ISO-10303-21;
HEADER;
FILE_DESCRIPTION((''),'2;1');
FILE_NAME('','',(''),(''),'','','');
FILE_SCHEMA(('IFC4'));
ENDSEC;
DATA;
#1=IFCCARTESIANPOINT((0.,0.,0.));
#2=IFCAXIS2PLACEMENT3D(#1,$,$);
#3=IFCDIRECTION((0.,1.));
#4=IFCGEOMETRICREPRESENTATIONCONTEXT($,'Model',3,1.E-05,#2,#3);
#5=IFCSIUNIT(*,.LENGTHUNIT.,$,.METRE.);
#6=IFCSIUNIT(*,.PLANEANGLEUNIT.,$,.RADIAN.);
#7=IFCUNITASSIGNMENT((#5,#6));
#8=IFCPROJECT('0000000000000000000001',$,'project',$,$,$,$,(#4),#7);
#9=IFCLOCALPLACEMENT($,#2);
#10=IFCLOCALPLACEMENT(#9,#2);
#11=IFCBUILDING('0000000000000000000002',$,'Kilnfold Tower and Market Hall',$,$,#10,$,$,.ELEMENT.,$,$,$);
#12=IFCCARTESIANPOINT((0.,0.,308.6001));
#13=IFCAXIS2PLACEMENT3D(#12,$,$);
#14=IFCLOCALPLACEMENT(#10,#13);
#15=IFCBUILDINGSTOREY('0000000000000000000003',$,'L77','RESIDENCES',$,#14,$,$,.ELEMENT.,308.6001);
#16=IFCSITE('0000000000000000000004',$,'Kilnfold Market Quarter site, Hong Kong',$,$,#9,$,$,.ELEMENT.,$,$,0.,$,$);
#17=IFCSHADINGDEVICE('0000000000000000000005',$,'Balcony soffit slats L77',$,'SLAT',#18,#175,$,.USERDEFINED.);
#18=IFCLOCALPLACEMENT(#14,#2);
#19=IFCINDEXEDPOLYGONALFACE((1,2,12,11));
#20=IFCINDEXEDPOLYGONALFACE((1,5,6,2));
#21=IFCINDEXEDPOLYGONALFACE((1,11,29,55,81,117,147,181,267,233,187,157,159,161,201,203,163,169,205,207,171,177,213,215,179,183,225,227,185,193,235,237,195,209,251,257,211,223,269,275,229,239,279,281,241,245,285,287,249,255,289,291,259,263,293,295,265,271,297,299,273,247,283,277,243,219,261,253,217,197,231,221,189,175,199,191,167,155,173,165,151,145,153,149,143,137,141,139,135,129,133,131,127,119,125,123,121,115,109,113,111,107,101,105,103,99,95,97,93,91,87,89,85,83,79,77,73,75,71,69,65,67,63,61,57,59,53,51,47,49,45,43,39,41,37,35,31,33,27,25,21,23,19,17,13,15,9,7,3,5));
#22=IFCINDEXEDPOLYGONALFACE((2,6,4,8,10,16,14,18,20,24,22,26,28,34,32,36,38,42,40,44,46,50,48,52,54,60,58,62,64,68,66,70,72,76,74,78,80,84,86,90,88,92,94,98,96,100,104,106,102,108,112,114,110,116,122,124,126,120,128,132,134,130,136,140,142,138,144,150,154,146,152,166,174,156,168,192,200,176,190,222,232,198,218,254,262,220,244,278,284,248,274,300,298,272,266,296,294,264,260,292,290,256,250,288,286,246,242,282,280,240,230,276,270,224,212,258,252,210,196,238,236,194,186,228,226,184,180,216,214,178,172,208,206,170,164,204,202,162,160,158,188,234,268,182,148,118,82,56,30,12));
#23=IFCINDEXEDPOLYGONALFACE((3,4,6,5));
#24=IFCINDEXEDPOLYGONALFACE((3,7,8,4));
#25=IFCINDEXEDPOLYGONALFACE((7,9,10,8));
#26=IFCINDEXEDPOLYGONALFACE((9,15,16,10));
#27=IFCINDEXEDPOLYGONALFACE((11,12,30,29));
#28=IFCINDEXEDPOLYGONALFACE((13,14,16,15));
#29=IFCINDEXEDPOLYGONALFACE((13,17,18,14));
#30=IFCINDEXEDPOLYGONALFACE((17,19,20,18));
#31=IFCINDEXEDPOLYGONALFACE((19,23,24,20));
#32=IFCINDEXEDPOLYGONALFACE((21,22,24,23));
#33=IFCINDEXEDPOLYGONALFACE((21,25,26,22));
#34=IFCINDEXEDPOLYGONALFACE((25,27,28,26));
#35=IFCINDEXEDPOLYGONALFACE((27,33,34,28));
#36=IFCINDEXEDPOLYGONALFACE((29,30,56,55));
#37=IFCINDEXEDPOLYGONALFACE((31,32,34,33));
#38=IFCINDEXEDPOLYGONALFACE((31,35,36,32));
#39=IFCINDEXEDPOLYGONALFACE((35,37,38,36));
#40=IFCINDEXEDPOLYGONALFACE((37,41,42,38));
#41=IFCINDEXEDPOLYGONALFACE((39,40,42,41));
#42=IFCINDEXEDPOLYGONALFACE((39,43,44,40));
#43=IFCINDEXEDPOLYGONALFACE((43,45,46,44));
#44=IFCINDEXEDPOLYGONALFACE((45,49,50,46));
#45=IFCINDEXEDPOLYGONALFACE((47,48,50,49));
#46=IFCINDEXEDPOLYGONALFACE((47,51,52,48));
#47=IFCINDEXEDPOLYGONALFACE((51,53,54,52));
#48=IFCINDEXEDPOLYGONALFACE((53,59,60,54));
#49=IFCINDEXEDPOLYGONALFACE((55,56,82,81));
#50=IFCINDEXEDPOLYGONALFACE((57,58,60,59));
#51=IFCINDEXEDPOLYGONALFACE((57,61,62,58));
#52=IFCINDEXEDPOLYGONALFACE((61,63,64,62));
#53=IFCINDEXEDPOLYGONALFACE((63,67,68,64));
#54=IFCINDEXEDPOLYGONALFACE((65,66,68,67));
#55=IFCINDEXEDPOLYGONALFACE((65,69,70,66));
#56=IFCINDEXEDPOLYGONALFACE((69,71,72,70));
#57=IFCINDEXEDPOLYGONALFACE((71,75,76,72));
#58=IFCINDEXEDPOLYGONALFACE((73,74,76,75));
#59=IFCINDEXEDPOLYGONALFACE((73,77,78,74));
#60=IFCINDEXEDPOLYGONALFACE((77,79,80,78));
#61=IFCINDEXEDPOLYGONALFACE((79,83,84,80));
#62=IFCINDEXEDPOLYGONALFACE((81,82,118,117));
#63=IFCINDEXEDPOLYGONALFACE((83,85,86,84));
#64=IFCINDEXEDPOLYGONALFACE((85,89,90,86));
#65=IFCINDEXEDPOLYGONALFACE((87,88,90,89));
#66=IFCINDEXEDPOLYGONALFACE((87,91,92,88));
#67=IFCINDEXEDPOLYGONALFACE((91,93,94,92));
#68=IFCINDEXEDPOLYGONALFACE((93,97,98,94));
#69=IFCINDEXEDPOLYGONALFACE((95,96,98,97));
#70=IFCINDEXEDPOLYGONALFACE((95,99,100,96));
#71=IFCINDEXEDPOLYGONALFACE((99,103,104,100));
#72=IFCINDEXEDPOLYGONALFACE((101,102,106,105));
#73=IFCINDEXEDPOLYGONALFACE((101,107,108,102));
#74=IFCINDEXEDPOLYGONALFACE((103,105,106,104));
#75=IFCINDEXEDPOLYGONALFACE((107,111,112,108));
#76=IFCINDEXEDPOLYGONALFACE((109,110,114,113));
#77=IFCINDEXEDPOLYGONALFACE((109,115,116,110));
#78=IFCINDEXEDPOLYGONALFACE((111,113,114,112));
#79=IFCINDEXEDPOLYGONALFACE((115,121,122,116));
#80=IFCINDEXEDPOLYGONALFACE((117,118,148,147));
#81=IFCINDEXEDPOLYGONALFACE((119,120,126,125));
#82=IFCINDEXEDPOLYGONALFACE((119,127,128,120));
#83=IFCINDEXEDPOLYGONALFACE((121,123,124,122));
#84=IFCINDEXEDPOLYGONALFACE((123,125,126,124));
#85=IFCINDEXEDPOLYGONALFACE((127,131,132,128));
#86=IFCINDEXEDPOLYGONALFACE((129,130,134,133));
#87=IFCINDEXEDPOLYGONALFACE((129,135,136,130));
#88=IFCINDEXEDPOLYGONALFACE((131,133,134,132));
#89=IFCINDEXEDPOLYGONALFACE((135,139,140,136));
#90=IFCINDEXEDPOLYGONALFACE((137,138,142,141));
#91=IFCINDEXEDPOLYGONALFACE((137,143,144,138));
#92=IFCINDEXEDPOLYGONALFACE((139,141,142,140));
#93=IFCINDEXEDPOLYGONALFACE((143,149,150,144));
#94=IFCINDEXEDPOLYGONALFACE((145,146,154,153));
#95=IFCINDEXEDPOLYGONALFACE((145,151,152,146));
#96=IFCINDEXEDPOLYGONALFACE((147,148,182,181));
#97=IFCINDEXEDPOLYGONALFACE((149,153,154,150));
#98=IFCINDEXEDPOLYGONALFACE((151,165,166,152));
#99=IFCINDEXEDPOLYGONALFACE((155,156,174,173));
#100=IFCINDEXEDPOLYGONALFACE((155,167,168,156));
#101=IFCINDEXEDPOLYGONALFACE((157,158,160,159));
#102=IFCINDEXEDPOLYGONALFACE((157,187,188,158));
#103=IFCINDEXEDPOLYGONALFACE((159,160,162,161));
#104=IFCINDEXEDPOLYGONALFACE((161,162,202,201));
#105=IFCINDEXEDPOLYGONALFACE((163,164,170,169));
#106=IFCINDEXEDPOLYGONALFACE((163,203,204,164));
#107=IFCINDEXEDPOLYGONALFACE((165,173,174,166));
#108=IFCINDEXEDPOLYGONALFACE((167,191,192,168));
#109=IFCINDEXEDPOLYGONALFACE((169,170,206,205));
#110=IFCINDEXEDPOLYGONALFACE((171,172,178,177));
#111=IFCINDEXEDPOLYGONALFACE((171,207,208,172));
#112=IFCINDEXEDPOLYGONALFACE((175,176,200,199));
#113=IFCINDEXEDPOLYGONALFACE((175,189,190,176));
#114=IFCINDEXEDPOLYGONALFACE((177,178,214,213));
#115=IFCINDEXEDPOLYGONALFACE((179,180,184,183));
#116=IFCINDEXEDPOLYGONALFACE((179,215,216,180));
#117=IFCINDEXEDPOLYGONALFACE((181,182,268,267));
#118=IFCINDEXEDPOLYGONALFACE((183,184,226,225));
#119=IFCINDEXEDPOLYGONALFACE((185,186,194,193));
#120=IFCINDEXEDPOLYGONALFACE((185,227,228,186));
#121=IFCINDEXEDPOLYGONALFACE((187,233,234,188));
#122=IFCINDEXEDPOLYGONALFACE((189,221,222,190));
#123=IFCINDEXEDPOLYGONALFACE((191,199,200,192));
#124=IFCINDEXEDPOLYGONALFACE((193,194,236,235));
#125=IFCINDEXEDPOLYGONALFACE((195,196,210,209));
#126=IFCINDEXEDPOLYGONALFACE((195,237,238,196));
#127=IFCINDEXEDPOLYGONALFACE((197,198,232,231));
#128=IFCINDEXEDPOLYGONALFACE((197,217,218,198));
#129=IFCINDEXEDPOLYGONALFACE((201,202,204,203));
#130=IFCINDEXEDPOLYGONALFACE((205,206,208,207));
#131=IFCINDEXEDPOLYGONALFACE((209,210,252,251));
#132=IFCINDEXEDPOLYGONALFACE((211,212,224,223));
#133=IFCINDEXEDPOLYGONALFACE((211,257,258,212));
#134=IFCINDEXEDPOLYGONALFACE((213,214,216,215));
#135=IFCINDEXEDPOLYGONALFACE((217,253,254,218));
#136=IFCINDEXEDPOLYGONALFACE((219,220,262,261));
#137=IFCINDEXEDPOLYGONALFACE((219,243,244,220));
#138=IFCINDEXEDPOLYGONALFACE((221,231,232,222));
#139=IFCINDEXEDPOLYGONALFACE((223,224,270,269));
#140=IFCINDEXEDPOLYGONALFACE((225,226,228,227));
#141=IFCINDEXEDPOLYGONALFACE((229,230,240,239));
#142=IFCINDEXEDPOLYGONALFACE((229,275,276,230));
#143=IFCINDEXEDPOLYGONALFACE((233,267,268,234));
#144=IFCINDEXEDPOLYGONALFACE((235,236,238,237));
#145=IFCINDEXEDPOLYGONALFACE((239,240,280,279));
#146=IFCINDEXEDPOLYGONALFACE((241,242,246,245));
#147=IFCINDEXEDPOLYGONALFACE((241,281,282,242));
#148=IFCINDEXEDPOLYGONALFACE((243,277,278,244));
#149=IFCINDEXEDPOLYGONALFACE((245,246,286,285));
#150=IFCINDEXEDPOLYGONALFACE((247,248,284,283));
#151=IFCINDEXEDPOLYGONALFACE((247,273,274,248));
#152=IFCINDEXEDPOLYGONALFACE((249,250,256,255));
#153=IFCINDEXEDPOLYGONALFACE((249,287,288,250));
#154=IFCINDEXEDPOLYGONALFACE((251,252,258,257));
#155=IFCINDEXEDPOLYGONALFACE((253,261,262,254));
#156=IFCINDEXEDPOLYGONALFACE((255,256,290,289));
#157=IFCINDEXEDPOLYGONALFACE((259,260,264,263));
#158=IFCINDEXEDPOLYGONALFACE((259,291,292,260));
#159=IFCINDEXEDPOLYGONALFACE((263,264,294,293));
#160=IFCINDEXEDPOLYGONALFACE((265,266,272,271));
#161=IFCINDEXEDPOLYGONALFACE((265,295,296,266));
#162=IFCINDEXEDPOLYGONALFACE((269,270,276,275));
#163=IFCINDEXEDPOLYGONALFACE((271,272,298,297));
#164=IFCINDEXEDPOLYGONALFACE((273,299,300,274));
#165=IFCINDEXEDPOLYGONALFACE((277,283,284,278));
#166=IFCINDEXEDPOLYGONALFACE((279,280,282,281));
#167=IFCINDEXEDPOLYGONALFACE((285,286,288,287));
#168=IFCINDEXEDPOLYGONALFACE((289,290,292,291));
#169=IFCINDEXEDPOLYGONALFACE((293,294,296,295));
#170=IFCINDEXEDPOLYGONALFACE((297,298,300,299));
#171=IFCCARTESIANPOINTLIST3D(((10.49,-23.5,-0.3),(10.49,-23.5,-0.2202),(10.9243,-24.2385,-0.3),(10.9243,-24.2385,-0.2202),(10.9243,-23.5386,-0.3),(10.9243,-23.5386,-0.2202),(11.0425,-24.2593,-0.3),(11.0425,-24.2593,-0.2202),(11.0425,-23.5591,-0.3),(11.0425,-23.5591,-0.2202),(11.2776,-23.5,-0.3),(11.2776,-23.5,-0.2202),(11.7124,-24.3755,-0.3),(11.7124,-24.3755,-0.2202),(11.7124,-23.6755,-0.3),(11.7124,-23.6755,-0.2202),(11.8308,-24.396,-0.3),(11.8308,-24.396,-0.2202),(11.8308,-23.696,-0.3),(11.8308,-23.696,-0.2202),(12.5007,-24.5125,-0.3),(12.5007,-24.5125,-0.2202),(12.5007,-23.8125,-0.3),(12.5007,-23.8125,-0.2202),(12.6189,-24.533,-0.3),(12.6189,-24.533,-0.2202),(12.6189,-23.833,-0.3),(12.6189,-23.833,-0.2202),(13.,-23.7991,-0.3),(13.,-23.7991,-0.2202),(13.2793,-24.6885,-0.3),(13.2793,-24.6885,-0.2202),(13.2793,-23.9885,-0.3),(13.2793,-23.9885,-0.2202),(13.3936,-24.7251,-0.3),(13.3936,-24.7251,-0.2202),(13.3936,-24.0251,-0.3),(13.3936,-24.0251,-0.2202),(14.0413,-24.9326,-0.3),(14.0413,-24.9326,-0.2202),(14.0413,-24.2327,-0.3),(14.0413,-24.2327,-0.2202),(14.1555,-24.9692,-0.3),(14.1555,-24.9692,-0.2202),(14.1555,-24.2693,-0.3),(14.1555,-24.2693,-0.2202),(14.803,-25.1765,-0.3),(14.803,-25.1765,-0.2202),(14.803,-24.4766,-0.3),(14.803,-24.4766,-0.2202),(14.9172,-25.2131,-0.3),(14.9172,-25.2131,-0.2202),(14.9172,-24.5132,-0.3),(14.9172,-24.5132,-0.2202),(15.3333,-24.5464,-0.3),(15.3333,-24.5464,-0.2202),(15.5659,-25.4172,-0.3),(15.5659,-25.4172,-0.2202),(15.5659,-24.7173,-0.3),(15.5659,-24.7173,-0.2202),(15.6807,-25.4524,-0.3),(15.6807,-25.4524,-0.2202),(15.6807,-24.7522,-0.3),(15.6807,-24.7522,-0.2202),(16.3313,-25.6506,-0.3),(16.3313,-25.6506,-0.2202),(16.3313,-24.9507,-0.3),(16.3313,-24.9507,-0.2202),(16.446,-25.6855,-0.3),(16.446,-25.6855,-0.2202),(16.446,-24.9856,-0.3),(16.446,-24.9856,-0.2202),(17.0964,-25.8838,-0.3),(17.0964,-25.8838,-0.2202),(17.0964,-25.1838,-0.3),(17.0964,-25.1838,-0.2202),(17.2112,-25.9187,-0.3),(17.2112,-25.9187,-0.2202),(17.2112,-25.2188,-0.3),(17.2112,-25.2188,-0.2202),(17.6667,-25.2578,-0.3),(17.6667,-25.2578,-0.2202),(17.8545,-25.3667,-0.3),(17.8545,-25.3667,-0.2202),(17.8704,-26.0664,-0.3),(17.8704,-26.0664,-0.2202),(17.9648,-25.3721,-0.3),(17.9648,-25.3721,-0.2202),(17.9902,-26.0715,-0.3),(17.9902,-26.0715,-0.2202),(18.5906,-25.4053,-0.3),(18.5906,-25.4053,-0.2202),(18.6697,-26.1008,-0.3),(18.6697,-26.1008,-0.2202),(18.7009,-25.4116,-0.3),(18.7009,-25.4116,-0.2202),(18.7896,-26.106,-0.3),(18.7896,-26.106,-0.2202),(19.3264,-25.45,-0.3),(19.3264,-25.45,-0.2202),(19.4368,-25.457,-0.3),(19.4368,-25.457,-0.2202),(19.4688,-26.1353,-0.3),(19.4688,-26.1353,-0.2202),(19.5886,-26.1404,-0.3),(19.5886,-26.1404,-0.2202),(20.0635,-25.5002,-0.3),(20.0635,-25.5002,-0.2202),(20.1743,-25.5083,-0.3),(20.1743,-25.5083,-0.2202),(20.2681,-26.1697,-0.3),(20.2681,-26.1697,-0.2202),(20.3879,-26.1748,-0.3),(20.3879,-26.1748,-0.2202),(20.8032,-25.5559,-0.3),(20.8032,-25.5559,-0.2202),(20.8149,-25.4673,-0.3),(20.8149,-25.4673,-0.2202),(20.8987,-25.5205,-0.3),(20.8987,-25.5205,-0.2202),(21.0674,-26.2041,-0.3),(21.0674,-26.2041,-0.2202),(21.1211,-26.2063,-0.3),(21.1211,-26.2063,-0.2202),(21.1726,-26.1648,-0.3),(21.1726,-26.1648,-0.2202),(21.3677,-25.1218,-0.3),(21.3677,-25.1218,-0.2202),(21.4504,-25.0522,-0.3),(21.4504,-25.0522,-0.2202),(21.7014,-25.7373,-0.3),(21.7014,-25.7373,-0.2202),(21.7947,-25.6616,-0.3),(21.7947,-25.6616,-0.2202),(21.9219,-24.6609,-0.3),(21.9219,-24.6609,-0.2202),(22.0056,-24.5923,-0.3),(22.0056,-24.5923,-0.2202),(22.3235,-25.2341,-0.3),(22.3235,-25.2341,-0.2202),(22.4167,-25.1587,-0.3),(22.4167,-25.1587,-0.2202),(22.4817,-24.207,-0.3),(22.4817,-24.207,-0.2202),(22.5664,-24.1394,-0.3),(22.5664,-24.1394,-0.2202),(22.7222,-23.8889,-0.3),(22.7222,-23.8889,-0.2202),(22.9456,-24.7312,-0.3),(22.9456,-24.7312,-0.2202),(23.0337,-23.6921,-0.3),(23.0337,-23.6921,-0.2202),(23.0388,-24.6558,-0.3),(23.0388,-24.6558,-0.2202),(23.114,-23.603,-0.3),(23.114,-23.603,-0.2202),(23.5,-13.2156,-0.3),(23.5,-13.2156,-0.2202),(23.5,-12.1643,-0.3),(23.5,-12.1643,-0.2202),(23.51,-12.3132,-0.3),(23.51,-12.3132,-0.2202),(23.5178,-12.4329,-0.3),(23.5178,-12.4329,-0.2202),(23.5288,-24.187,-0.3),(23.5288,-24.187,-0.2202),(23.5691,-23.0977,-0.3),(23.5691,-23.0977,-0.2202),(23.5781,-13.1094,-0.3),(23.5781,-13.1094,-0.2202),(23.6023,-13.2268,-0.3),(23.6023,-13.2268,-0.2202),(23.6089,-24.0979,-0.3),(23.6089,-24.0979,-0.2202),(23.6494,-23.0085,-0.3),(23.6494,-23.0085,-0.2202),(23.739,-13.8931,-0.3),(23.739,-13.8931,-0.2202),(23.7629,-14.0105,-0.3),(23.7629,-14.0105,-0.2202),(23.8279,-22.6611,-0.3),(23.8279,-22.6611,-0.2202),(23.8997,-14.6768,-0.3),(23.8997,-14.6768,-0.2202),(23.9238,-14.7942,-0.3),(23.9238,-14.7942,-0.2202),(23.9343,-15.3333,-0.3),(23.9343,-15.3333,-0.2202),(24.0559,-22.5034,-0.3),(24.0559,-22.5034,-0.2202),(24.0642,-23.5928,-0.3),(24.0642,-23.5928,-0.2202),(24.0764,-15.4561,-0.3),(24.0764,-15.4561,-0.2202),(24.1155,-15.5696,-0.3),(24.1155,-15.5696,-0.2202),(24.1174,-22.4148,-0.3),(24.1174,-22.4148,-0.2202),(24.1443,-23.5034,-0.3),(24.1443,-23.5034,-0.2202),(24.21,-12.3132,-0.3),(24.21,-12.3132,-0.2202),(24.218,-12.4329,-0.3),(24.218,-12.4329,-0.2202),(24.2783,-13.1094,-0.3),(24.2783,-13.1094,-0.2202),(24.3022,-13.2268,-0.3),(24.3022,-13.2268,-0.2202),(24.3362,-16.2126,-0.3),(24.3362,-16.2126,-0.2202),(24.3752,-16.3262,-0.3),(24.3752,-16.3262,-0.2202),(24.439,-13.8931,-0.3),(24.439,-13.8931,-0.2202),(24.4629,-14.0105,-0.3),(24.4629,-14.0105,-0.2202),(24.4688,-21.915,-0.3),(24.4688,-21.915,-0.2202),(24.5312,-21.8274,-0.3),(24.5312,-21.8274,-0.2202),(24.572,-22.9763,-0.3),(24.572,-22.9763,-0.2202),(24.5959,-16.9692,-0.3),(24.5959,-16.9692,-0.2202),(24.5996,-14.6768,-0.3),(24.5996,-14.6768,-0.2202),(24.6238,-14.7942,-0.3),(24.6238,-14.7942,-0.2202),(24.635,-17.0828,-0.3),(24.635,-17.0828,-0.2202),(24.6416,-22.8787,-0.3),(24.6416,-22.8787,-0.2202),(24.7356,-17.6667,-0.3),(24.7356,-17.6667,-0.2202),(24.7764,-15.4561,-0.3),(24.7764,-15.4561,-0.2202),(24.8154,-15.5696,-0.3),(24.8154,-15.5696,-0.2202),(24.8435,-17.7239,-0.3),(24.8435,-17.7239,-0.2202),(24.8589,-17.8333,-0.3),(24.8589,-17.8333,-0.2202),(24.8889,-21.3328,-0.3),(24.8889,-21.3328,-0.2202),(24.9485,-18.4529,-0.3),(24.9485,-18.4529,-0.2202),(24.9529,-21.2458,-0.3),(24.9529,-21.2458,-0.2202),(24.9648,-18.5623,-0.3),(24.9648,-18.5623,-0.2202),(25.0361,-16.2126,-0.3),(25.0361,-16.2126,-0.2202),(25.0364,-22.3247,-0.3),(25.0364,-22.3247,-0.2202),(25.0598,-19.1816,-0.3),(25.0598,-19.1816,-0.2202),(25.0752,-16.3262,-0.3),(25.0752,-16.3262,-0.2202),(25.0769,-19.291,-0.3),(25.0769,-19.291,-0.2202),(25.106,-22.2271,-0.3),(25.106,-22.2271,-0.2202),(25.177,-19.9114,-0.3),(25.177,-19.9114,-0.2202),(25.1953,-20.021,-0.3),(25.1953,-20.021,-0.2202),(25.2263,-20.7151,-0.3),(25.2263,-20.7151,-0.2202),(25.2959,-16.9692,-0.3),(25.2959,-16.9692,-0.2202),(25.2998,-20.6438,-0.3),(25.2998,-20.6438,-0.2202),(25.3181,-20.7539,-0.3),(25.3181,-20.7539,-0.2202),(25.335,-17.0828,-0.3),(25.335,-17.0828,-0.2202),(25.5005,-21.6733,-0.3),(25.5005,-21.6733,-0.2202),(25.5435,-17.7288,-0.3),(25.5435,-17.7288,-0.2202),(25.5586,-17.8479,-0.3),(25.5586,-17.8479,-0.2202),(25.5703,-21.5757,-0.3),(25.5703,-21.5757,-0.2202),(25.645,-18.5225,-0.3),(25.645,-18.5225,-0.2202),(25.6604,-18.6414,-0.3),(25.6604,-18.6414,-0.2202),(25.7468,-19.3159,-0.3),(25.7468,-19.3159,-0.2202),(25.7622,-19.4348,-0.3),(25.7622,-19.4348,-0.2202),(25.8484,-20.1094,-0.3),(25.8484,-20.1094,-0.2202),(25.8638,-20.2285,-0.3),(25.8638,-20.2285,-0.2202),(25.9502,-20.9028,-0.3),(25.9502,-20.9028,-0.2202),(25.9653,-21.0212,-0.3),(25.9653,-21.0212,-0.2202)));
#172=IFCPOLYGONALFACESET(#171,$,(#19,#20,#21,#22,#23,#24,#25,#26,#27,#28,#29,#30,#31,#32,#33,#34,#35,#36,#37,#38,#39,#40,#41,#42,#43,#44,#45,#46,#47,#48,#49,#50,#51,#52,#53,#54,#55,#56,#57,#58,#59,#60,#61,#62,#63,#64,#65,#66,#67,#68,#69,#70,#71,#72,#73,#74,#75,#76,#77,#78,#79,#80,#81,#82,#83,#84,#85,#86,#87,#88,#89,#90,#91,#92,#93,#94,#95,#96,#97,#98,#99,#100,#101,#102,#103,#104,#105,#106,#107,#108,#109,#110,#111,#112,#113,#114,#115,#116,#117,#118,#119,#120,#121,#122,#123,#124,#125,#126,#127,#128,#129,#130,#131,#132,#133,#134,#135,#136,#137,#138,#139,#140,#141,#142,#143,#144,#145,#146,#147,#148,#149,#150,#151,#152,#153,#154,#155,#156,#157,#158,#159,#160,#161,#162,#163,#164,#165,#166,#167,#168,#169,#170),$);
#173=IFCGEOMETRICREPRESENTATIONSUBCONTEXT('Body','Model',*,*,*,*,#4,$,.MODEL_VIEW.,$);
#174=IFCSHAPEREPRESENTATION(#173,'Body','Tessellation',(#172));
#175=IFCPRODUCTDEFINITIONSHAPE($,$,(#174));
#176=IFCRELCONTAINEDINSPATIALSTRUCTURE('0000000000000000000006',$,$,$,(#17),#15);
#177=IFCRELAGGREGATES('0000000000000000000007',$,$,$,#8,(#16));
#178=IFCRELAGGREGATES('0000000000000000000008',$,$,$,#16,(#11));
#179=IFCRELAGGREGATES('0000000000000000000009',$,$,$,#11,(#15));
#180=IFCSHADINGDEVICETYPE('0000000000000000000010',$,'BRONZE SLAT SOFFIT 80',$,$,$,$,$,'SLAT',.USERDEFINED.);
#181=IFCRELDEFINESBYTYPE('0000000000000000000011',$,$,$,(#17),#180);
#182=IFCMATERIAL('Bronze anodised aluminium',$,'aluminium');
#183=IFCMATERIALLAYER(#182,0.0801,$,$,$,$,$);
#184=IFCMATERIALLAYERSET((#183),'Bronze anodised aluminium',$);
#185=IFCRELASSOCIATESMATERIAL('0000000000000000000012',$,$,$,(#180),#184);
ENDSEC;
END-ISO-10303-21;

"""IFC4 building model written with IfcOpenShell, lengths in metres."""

from ifc_helpers import new_model, si_unit, direction, frame, origin, place, context, subcontext, project, spatial, polyline, outline, extrude, source, transform, mapped, material, layer, layer_set, type_object, element, save


model = new_model("IFC4")

# Units and contexts
model_context = context("Model", 3, precision=1e-05, world=origin(), true_north=direction((0.0, 1.0)))
body_context = subcontext(model_context, "Body", "Model", "MODEL_VIEW")
ifc_project = project(units=[si_unit("LENGTHUNIT", "METRE"), si_unit("PLANEANGLEUNIT", "RADIAN")], contexts=[model_context])

# Site, building, storey
site_placement = place(None, origin())
site = spatial("IfcSite", under=ifc_project, at=site_placement, Name="Kilnfold Market Quarter site, Hong Kong", CompositionType="ELEMENT", RefElevation=0.0)
building_placement = place(site_placement, origin())
building = spatial("IfcBuilding", under=site, at=building_placement, Name="Kilnfold Tower and Market Hall", CompositionType="ELEMENT")
storey_placement = place(building_placement, frame((0.0, 0.0, 308.6001)))
storey = spatial("IfcBuildingStorey", under=building, at=storey_placement, Name="L77", Description="RESIDENCES", CompositionType="ELEMENT", Elevation=308.6001)

# Shading device
ifc_material_1 = material(Name="Bronze anodised aluminium", Category="aluminium")
ifc_layer_1 = layer(ifc_material_1, 0.0801)
ifc_layer_set_1 = layer_set([ifc_layer_1], Name="Bronze anodised aluminium")
shading_device_type_1 = type_object("IfcShadingDeviceType", Name="BRONZE SLAT SOFFIT 80", ElementType="SLAT", PredefinedType="USERDEFINED", material=ifc_layer_set_1)
shared_shape_1 = source(origin(), body_context, "Body", "SweptSolid", [
    extrude(outline(polyline([(13.0, -23.7991), (15.3333, -24.5464), (17.6667, -25.2578), (20.8149, -25.4673), (22.7222, -23.8889), (23.8279, -22.6611), (25.2263, -20.7151), (24.7356, -17.6667), (23.9343, -15.3333), (23.5, -13.2156), (23.5, -12.1643), (23.51, -12.3132), (24.21, -12.3132), (24.218, -12.4329), (23.5178, -12.4329), (23.5781, -13.1094), (24.2783, -13.1094), (24.3022, -13.2268), (23.6023, -13.2268), (23.739, -13.8931), (24.439, -13.8931), (24.4629, -14.0105), (23.7629, -14.0105), (23.8997, -14.6768), (24.5996, -14.6768), (24.6238, -14.7942), (23.9238, -14.7942), (24.0764, -15.4561), (24.7764, -15.4561), (24.8154, -15.5696), (24.1155, -15.5696), (24.3362, -16.2126), (25.0361, -16.2126), (25.0752, -16.3262), (24.3752, -16.3262), (24.5959, -16.9692), (25.2959, -16.9692), (25.335, -17.0828), (24.635, -17.0828), (24.8435, -17.7239), (25.5435, -17.7288), (25.5586, -17.8479), (24.8589, -17.8333), (24.9485, -18.4529), (25.645, -18.5225), (25.6604, -18.6414), (24.9648, -18.5623), (25.0598, -19.1816), (25.7468, -19.3159), (25.7622, -19.4348), (25.0769, -19.291), (25.177, -19.9114), (25.8484, -20.1094), (25.8638, -20.2285), (25.1953, -20.021), (25.2998, -20.6438), (25.9502, -20.9028), (25.9653, -21.0212), (25.3181, -20.7539), (24.9529, -21.2458), (25.5703, -21.5757), (25.5005, -21.6733), (24.8889, -21.3328), (24.5312, -21.8274), (25.106, -22.2271), (25.0364, -22.3247), (24.4688, -21.915), (24.1174, -22.4148), (24.6416, -22.8787), (24.572, -22.9763), (24.0559, -22.5034), (23.6494, -23.0085), (24.1443, -23.5034), (24.0642, -23.5928), (23.5691, -23.0977), (23.114, -23.603), (23.6089, -24.0979), (23.5288, -24.187), (23.0337, -23.6921), (22.5664, -24.1394), (23.0388, -24.6558), (22.9456, -24.7312), (22.4817, -24.207), (22.0056, -24.5923), (22.4167, -25.1587), (22.3235, -25.2341), (21.9219, -24.6609), (21.4504, -25.0522), (21.7947, -25.6616), (21.7014, -25.7373), (21.3677, -25.1218), (20.8987, -25.5205), (21.1726, -26.1648), (21.1211, -26.2063), (21.0674, -26.2041), (20.8032, -25.5559), (20.1743, -25.5083), (20.3879, -26.1748), (20.2681, -26.1697), (20.0635, -25.5002), (19.4368, -25.457), (19.5886, -26.1404), (19.4688, -26.1353), (19.3264, -25.45), (18.7009, -25.4116), (18.7896, -26.106), (18.6697, -26.1008), (18.5906, -25.4053), (17.9648, -25.3721), (17.9902, -26.0715), (17.8704, -26.0664), (17.8545, -25.3667), (17.2112, -25.2188), (17.2112, -25.9187), (17.0964, -25.8838), (17.0964, -25.1838), (16.446, -24.9856), (16.446, -25.6855), (16.3313, -25.6506), (16.3313, -24.9507), (15.6807, -24.7522), (15.6807, -25.4524), (15.5659, -25.4172), (15.5659, -24.7173), (14.9172, -24.5132), (14.9172, -25.2131), (14.803, -25.1765), (14.803, -24.4766), (14.1555, -24.2693), (14.1555, -24.9692), (14.0413, -24.9326), (14.0413, -24.2327), (13.3936, -24.0251), (13.3936, -24.7251), (13.2793, -24.6885), (13.2793, -23.9885), (12.6189, -23.833), (12.6189, -24.533), (12.5007, -24.5125), (12.5007, -23.8125), (11.8308, -23.696), (11.8308, -24.396), (11.7124, -24.3755), (11.7124, -23.6755), (11.0425, -23.5591), (11.0425, -24.2593), (10.9243, -24.2385), (10.9243, -23.5386), (10.49, -23.5), (11.2776, -23.5), (13.0, -23.7991)])), origin(), (0.0, 0.0, 1.0), 0.0798),
])
shading_device_1_placement = place(storey_placement, frame((0.0, 0.0, -0.3)))
element("IfcShadingDevice", 1, at=shading_device_1_placement, inside=storey, type_object=shading_device_type_1, Name="Balcony soffit slats L77", ObjectType="SLAT", PredefinedType="USERDEFINED", context=body_context, shape_type="MappedRepresentation", body=[
    mapped(shared_shape_1, transform((0.0, 0.0, 0.0))),
])

save(model, "model.ifc")
